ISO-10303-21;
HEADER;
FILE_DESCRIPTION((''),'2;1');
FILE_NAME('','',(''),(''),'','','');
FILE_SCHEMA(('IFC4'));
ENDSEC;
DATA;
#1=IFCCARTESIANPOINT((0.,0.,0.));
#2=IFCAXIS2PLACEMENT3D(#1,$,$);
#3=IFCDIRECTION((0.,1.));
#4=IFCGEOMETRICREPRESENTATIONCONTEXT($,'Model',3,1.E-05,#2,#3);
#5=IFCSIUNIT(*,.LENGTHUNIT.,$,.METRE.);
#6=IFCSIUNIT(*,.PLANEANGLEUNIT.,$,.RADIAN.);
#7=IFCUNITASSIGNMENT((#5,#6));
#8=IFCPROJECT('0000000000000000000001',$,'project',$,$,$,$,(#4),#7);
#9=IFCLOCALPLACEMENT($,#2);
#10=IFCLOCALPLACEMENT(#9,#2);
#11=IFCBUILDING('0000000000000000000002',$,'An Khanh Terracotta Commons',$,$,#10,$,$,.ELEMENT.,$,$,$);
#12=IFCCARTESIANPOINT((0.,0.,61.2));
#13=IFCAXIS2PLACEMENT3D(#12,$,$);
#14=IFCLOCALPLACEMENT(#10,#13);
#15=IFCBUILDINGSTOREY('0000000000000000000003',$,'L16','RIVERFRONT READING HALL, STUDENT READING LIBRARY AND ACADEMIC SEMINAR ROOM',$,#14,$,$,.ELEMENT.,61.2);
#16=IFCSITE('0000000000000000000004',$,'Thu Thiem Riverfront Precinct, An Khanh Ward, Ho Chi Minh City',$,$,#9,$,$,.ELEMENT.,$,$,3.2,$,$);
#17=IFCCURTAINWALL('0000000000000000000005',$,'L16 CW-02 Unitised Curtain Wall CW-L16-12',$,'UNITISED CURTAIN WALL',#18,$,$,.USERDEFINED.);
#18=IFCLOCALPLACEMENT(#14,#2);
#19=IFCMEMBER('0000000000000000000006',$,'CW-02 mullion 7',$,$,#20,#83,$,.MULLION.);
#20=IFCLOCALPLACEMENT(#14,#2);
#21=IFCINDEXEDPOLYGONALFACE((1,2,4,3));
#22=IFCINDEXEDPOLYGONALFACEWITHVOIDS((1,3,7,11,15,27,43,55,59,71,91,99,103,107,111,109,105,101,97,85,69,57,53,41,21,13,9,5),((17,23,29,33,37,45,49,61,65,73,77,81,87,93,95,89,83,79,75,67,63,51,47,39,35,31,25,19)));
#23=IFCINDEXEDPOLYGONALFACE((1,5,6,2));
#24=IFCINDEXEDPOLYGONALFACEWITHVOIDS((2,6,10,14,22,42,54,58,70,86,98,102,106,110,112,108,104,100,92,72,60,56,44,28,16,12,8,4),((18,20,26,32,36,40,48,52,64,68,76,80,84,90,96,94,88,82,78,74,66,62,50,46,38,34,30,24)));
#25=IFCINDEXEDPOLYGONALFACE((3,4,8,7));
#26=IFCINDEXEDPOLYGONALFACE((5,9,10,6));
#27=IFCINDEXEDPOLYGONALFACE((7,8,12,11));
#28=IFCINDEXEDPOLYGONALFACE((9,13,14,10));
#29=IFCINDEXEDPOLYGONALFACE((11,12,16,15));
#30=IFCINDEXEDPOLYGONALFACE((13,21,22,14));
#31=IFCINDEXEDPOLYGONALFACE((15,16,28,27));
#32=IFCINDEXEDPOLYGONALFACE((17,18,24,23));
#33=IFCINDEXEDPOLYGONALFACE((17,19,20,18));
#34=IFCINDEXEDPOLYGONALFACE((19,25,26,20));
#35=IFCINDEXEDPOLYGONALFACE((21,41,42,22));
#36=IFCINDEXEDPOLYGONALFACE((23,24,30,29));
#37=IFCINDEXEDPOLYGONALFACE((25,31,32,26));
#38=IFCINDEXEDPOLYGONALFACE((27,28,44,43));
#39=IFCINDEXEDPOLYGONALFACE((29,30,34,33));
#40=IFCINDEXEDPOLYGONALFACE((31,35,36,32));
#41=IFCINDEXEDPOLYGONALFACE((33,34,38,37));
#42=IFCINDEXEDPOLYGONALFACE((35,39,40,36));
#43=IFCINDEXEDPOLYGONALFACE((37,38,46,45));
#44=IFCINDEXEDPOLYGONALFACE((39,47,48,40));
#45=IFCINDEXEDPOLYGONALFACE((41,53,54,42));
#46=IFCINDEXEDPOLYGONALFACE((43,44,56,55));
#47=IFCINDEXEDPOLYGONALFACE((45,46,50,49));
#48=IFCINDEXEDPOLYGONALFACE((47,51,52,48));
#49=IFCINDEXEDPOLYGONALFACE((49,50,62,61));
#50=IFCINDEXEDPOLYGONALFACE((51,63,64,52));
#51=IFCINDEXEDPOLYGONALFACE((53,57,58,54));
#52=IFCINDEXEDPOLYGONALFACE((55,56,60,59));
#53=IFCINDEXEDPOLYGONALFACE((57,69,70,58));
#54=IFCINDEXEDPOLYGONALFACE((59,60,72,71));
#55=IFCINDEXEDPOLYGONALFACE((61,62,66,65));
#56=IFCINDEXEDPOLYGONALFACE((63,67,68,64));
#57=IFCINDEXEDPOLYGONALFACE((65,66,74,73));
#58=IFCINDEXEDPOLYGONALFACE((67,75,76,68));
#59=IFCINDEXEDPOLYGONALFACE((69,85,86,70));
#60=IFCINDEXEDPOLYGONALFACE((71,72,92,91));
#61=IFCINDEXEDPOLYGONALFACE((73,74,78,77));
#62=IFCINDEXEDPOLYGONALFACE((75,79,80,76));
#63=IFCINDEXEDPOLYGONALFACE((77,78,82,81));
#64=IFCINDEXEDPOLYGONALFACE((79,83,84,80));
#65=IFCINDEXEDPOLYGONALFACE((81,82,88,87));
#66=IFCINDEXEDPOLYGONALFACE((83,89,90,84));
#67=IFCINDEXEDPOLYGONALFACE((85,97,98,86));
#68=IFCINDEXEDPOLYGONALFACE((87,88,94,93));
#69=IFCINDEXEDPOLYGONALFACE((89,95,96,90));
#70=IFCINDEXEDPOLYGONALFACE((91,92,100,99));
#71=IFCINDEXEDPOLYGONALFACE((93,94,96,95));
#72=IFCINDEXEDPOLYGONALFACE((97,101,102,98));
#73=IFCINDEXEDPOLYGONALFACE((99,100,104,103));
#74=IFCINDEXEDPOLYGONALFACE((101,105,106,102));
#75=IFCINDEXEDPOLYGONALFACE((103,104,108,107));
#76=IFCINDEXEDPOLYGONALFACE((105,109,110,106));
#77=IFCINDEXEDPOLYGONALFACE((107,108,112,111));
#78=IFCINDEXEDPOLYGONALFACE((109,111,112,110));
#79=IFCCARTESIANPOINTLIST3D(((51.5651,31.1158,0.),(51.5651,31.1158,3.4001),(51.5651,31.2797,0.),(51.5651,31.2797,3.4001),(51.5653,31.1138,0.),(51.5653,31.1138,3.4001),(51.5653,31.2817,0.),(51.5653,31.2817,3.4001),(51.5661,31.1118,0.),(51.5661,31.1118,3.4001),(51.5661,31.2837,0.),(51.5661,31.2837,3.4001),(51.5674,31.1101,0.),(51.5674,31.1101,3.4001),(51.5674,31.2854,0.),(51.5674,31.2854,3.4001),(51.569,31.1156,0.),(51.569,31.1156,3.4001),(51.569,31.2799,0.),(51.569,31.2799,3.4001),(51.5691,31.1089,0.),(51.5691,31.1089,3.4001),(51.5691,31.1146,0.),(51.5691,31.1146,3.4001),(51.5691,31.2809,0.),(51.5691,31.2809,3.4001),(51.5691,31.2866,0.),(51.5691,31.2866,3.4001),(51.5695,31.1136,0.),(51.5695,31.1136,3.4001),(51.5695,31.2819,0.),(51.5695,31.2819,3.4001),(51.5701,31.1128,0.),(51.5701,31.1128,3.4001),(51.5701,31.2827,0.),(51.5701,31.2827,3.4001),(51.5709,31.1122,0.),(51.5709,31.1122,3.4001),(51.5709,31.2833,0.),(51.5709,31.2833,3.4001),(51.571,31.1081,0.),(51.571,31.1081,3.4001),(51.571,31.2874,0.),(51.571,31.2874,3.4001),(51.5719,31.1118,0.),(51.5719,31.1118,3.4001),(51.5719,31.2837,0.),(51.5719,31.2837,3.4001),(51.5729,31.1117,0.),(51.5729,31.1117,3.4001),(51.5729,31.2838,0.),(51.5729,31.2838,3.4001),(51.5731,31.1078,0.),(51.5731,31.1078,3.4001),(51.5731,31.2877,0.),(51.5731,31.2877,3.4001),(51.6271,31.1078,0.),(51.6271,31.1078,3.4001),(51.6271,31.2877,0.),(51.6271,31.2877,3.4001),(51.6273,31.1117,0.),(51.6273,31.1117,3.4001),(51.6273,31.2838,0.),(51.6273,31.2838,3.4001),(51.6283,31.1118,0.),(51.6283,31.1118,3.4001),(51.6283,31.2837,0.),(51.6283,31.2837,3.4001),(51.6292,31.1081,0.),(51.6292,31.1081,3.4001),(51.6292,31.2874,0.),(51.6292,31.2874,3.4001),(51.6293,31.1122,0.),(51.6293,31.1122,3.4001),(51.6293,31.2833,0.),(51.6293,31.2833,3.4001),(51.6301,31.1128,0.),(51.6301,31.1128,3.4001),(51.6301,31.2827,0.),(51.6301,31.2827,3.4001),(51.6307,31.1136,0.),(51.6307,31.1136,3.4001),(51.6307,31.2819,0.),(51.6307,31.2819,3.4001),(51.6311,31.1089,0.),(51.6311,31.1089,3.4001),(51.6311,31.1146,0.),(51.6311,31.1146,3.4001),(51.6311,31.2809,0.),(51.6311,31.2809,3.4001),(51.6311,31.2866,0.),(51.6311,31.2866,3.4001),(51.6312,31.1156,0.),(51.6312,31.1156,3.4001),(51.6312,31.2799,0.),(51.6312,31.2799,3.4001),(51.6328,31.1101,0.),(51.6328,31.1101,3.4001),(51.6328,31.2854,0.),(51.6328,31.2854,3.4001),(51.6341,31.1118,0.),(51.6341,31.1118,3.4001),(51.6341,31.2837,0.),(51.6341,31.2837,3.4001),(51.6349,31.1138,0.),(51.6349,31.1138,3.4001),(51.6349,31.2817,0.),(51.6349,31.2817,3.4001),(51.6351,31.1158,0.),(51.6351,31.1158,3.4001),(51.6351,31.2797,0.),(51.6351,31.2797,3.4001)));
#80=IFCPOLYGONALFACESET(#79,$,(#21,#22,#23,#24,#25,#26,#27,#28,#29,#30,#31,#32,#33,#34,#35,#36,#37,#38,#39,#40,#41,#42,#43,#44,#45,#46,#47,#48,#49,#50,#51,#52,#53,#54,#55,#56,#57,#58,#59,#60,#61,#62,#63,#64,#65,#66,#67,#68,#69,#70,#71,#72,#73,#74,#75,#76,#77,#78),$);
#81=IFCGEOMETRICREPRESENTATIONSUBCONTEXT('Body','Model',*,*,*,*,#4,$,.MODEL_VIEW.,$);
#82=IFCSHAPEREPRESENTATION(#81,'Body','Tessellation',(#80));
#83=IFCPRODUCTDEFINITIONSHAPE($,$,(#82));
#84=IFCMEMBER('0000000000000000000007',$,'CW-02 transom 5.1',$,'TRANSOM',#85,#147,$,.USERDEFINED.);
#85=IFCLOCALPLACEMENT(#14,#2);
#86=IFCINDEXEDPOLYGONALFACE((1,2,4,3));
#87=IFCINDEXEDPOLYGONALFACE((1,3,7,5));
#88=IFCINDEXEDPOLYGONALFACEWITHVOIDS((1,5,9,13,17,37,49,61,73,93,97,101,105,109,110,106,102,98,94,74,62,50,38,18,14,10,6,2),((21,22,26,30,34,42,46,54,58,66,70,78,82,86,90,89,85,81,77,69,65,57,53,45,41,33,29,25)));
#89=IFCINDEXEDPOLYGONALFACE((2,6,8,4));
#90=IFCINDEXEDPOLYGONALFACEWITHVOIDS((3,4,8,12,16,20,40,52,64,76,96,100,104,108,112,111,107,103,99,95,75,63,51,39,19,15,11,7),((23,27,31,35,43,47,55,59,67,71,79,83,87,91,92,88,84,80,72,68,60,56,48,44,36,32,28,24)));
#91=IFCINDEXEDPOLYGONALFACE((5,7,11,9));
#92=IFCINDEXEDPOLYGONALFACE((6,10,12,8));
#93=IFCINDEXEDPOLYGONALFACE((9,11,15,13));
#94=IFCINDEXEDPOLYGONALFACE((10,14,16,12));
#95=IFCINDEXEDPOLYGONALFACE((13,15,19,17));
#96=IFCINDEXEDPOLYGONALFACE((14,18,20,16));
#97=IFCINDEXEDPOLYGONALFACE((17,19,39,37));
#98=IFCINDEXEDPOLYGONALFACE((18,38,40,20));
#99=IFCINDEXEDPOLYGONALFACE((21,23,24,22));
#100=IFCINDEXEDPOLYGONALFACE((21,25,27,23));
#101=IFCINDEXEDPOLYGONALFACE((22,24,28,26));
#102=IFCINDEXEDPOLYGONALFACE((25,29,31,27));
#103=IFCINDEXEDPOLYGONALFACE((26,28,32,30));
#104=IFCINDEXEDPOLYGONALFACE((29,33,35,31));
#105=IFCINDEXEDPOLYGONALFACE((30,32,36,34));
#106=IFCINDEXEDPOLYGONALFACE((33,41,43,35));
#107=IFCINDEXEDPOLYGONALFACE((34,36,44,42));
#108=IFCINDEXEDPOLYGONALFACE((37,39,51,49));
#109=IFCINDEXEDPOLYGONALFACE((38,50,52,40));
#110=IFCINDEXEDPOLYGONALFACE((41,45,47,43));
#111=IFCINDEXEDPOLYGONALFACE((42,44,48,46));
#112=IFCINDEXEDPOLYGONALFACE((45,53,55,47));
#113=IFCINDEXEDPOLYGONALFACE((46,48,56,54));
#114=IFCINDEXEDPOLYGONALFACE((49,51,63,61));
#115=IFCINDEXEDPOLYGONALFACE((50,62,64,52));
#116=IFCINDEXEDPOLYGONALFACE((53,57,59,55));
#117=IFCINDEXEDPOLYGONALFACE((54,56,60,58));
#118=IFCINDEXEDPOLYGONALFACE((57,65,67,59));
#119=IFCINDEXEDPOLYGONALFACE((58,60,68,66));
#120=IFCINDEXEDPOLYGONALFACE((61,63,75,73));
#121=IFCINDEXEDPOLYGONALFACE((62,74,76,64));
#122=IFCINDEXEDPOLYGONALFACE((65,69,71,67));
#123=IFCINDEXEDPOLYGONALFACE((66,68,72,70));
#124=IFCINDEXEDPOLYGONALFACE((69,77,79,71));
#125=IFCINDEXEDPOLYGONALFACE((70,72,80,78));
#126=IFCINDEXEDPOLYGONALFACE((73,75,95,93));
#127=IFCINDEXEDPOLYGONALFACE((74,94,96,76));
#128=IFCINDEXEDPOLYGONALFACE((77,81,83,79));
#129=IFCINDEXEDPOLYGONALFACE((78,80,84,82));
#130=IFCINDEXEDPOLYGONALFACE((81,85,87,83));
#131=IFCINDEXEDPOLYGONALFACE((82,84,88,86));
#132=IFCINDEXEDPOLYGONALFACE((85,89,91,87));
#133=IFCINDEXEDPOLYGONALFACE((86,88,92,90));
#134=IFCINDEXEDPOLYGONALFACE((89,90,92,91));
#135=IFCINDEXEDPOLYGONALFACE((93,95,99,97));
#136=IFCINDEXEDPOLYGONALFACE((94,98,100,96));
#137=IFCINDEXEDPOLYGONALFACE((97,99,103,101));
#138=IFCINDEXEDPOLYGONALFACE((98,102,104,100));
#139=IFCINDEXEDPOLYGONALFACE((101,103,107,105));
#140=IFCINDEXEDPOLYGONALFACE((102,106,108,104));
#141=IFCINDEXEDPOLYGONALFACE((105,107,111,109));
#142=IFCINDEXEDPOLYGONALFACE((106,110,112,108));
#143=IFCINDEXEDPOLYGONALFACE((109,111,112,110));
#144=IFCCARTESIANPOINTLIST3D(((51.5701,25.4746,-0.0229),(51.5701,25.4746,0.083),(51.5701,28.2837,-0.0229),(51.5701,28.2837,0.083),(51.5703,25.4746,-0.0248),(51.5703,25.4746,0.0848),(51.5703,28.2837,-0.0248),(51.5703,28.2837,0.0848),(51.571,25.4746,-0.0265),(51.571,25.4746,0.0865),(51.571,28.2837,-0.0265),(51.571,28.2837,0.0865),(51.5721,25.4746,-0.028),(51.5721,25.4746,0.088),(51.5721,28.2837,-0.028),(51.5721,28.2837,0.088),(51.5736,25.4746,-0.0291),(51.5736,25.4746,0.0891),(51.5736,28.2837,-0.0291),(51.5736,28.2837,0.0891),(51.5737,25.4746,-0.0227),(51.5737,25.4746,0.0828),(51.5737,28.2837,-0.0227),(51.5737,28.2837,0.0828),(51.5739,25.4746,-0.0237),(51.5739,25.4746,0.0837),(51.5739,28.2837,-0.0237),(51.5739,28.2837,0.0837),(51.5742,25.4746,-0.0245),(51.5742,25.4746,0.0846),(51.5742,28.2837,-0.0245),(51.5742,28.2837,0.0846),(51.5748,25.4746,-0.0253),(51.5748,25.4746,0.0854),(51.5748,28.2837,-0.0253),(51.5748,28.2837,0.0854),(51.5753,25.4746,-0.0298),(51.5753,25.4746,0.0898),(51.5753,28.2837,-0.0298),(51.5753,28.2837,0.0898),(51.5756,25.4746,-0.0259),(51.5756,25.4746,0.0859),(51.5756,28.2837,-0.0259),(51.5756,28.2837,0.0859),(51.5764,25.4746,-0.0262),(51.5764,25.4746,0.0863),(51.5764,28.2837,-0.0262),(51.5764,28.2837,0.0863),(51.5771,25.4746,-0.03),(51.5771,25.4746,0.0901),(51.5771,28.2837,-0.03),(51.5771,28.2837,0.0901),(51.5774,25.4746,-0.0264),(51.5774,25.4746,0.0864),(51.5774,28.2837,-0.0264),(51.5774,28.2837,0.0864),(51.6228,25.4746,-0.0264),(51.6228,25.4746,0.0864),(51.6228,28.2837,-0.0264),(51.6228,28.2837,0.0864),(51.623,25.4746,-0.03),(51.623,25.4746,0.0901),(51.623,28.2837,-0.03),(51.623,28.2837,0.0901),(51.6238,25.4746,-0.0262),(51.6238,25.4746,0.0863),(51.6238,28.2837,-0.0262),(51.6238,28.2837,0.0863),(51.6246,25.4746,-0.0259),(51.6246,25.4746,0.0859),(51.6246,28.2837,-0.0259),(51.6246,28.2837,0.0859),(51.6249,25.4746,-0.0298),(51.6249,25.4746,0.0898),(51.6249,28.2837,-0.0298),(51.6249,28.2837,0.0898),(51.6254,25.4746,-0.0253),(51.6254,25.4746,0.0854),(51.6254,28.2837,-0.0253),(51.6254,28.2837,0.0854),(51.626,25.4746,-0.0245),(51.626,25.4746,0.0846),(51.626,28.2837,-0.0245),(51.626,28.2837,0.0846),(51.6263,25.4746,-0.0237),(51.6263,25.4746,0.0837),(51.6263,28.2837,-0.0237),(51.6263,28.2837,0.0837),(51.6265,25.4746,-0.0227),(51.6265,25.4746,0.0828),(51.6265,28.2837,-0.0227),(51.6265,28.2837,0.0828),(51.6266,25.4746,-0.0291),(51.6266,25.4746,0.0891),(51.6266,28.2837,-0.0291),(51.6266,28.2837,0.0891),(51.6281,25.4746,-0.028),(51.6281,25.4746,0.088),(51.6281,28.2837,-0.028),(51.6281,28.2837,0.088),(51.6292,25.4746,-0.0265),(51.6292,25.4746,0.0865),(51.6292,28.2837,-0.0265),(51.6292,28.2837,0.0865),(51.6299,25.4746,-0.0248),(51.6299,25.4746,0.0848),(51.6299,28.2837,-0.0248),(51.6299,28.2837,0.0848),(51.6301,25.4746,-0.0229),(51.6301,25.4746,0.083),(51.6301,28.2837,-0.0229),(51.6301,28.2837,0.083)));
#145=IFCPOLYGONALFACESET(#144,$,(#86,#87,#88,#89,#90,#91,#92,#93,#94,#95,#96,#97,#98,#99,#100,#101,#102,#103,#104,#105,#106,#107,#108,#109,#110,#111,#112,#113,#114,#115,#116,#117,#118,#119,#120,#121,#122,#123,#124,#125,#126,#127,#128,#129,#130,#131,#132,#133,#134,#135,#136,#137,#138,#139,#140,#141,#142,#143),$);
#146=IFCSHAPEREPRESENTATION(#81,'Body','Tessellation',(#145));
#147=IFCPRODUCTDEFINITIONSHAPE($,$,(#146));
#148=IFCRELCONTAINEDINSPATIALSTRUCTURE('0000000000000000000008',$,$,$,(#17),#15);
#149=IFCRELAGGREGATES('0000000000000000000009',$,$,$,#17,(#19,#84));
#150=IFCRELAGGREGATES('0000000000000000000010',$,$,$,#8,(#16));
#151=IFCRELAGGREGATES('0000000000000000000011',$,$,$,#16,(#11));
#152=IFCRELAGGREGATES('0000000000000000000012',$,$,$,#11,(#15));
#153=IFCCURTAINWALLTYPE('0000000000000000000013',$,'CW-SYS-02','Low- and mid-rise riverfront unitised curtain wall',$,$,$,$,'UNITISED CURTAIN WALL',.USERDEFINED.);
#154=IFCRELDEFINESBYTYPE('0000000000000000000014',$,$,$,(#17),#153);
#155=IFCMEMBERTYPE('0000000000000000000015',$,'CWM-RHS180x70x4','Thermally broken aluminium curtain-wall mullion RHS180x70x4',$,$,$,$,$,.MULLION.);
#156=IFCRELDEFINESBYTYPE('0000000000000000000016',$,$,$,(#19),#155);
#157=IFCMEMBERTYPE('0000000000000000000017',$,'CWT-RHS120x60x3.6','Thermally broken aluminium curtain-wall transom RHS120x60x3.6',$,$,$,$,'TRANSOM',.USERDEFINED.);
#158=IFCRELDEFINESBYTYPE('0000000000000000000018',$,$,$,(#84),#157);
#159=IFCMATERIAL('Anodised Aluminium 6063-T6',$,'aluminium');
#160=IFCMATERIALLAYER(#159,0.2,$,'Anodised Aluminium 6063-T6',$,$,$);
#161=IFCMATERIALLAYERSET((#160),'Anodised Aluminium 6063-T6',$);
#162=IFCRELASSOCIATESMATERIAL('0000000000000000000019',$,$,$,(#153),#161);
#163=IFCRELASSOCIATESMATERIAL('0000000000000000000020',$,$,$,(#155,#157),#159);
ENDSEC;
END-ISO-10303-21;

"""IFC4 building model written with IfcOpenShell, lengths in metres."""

from ifc_helpers import new_model, si_unit, direction, frame, origin, origin_2d, place, context, subcontext, project, spatial, hollow_rectangle, extrude, material, layer, layer_set, material_profile, profile_set, type_object, element, aggregate, save


model = new_model("IFC4")

# Units and contexts
model_context = context("Model", 3, precision=1e-05, world=origin(), true_north=direction((0.0, 1.0)))
body_context = subcontext(model_context, "Body", "Model", "MODEL_VIEW")
ifc_project = project(units=[si_unit("LENGTHUNIT", "METRE"), si_unit("PLANEANGLEUNIT", "RADIAN")], contexts=[model_context])

# Site, building, storey
site_placement = place(None, origin())
site = spatial("IfcSite", under=ifc_project, at=site_placement, Name="Thu Thiem Riverfront Precinct, An Khanh Ward, Ho Chi Minh City", CompositionType="ELEMENT", RefElevation=3.2)
building_placement = place(site_placement, origin())
building = spatial("IfcBuilding", under=site, at=building_placement, Name="An Khanh Terracotta Commons", CompositionType="ELEMENT")
storey_placement = place(building_placement, frame((0.0, 0.0, 61.2)))
storey = spatial("IfcBuildingStorey", under=building, at=storey_placement, Name="L16", Description="RIVERFRONT READING HALL, STUDENT READING LIBRARY AND ACADEMIC SEMINAR ROOM", CompositionType="ELEMENT", Elevation=61.2)

# Curtain wall, members
ifc_material_1 = material(Name="Anodised Aluminium 6063-T6", Category="aluminium")
ifc_layer_1 = layer(ifc_material_1, 0.2, Name="Anodised Aluminium 6063-T6")
ifc_layer_set_1 = layer_set([ifc_layer_1], Name="Anodised Aluminium 6063-T6")
curtain_wall_type = type_object("IfcCurtainWallType", Name="CW-SYS-02", Description="Low- and mid-rise riverfront unitised curtain wall", ElementType="UNITISED CURTAIN WALL", PredefinedType="USERDEFINED", material=ifc_layer_set_1)
curtain_wall_placement = place(storey_placement, origin())
curtain_wall = element("IfcCurtainWall", 1, at=curtain_wall_placement, inside=storey, type_object=curtain_wall_type, Name="L16 CW-02 Unitised Curtain Wall CW-L16-12", ObjectType="UNITISED CURTAIN WALL", PredefinedType="USERDEFINED")
ifc_material_profile_1 = material_profile(ifc_material_1, hollow_rectangle(XDim=0.0701, YDim=0.1799, WallThickness=0.0039, InnerFilletRadius=0.0039, OuterFilletRadius=0.0081, at=origin_2d()), Name="RHS180x70x4")
ifc_profile_set_1 = profile_set([ifc_material_profile_1], Name="Anodised Aluminium 6063-T6")
member_type_1 = type_object("IfcMemberType", Name="CWM-RHS180x70x4", Description="Thermally broken aluminium curtain-wall mullion RHS180x70x4", PredefinedType="MULLION", material=ifc_profile_set_1)
member_1_placement = place(storey_placement, frame((51.6001, 31.1978, 0.0), z_axis=(0.0, 0.0, 1.0), x_axis=(-1.0, 0.0, 0.0)))
member_1 = element("IfcMember", 2, at=member_1_placement, type_object=member_type_1, Name="CW-02 mullion 7", PredefinedType="MULLION", context=body_context, shape_type="SweptSolid", body=[
    extrude(hollow_rectangle(XDim=0.0701, YDim=0.1799, WallThickness=0.0039, InnerFilletRadius=0.0039, OuterFilletRadius=0.0081, at=origin_2d()), origin(), (0.0, 0.0, 1.0), 3.4001),
])
ifc_material_profile_2 = material_profile(ifc_material_1, hollow_rectangle(XDim=0.0601, YDim=0.1201, WallThickness=0.0037, InnerFilletRadius=0.0037, OuterFilletRadius=0.0071, at=origin_2d()), Name="RHS120x60x3.6")
ifc_profile_set_2 = profile_set([ifc_material_profile_2], Name="Anodised Aluminium 6063-T6")
member_type_2 = type_object("IfcMemberType", Name="CWT-RHS120x60x3.6", Description="Thermally broken aluminium curtain-wall transom RHS120x60x3.6", ElementType="TRANSOM", PredefinedType="USERDEFINED", material=ifc_profile_set_2)
member_2_placement = place(storey_placement, frame((51.6001, 25.4746, 0.03), z_axis=(0.0, 1.0, 0.0), x_axis=(-1.0, 0.0, 0.0)))
member_2 = element("IfcMember", 3, at=member_2_placement, type_object=member_type_2, Name="CW-02 transom 5.1", ObjectType="TRANSOM", PredefinedType="USERDEFINED", context=body_context, shape_type="SweptSolid", body=[
    extrude(hollow_rectangle(XDim=0.0601, YDim=0.1201, WallThickness=0.0037, InnerFilletRadius=0.0037, OuterFilletRadius=0.0071, at=origin_2d()), origin(), (0.0, 0.0, 1.0), 2.8091),
])
aggregate(curtain_wall, [member_1, member_2])

save(model, "model.ifc")
